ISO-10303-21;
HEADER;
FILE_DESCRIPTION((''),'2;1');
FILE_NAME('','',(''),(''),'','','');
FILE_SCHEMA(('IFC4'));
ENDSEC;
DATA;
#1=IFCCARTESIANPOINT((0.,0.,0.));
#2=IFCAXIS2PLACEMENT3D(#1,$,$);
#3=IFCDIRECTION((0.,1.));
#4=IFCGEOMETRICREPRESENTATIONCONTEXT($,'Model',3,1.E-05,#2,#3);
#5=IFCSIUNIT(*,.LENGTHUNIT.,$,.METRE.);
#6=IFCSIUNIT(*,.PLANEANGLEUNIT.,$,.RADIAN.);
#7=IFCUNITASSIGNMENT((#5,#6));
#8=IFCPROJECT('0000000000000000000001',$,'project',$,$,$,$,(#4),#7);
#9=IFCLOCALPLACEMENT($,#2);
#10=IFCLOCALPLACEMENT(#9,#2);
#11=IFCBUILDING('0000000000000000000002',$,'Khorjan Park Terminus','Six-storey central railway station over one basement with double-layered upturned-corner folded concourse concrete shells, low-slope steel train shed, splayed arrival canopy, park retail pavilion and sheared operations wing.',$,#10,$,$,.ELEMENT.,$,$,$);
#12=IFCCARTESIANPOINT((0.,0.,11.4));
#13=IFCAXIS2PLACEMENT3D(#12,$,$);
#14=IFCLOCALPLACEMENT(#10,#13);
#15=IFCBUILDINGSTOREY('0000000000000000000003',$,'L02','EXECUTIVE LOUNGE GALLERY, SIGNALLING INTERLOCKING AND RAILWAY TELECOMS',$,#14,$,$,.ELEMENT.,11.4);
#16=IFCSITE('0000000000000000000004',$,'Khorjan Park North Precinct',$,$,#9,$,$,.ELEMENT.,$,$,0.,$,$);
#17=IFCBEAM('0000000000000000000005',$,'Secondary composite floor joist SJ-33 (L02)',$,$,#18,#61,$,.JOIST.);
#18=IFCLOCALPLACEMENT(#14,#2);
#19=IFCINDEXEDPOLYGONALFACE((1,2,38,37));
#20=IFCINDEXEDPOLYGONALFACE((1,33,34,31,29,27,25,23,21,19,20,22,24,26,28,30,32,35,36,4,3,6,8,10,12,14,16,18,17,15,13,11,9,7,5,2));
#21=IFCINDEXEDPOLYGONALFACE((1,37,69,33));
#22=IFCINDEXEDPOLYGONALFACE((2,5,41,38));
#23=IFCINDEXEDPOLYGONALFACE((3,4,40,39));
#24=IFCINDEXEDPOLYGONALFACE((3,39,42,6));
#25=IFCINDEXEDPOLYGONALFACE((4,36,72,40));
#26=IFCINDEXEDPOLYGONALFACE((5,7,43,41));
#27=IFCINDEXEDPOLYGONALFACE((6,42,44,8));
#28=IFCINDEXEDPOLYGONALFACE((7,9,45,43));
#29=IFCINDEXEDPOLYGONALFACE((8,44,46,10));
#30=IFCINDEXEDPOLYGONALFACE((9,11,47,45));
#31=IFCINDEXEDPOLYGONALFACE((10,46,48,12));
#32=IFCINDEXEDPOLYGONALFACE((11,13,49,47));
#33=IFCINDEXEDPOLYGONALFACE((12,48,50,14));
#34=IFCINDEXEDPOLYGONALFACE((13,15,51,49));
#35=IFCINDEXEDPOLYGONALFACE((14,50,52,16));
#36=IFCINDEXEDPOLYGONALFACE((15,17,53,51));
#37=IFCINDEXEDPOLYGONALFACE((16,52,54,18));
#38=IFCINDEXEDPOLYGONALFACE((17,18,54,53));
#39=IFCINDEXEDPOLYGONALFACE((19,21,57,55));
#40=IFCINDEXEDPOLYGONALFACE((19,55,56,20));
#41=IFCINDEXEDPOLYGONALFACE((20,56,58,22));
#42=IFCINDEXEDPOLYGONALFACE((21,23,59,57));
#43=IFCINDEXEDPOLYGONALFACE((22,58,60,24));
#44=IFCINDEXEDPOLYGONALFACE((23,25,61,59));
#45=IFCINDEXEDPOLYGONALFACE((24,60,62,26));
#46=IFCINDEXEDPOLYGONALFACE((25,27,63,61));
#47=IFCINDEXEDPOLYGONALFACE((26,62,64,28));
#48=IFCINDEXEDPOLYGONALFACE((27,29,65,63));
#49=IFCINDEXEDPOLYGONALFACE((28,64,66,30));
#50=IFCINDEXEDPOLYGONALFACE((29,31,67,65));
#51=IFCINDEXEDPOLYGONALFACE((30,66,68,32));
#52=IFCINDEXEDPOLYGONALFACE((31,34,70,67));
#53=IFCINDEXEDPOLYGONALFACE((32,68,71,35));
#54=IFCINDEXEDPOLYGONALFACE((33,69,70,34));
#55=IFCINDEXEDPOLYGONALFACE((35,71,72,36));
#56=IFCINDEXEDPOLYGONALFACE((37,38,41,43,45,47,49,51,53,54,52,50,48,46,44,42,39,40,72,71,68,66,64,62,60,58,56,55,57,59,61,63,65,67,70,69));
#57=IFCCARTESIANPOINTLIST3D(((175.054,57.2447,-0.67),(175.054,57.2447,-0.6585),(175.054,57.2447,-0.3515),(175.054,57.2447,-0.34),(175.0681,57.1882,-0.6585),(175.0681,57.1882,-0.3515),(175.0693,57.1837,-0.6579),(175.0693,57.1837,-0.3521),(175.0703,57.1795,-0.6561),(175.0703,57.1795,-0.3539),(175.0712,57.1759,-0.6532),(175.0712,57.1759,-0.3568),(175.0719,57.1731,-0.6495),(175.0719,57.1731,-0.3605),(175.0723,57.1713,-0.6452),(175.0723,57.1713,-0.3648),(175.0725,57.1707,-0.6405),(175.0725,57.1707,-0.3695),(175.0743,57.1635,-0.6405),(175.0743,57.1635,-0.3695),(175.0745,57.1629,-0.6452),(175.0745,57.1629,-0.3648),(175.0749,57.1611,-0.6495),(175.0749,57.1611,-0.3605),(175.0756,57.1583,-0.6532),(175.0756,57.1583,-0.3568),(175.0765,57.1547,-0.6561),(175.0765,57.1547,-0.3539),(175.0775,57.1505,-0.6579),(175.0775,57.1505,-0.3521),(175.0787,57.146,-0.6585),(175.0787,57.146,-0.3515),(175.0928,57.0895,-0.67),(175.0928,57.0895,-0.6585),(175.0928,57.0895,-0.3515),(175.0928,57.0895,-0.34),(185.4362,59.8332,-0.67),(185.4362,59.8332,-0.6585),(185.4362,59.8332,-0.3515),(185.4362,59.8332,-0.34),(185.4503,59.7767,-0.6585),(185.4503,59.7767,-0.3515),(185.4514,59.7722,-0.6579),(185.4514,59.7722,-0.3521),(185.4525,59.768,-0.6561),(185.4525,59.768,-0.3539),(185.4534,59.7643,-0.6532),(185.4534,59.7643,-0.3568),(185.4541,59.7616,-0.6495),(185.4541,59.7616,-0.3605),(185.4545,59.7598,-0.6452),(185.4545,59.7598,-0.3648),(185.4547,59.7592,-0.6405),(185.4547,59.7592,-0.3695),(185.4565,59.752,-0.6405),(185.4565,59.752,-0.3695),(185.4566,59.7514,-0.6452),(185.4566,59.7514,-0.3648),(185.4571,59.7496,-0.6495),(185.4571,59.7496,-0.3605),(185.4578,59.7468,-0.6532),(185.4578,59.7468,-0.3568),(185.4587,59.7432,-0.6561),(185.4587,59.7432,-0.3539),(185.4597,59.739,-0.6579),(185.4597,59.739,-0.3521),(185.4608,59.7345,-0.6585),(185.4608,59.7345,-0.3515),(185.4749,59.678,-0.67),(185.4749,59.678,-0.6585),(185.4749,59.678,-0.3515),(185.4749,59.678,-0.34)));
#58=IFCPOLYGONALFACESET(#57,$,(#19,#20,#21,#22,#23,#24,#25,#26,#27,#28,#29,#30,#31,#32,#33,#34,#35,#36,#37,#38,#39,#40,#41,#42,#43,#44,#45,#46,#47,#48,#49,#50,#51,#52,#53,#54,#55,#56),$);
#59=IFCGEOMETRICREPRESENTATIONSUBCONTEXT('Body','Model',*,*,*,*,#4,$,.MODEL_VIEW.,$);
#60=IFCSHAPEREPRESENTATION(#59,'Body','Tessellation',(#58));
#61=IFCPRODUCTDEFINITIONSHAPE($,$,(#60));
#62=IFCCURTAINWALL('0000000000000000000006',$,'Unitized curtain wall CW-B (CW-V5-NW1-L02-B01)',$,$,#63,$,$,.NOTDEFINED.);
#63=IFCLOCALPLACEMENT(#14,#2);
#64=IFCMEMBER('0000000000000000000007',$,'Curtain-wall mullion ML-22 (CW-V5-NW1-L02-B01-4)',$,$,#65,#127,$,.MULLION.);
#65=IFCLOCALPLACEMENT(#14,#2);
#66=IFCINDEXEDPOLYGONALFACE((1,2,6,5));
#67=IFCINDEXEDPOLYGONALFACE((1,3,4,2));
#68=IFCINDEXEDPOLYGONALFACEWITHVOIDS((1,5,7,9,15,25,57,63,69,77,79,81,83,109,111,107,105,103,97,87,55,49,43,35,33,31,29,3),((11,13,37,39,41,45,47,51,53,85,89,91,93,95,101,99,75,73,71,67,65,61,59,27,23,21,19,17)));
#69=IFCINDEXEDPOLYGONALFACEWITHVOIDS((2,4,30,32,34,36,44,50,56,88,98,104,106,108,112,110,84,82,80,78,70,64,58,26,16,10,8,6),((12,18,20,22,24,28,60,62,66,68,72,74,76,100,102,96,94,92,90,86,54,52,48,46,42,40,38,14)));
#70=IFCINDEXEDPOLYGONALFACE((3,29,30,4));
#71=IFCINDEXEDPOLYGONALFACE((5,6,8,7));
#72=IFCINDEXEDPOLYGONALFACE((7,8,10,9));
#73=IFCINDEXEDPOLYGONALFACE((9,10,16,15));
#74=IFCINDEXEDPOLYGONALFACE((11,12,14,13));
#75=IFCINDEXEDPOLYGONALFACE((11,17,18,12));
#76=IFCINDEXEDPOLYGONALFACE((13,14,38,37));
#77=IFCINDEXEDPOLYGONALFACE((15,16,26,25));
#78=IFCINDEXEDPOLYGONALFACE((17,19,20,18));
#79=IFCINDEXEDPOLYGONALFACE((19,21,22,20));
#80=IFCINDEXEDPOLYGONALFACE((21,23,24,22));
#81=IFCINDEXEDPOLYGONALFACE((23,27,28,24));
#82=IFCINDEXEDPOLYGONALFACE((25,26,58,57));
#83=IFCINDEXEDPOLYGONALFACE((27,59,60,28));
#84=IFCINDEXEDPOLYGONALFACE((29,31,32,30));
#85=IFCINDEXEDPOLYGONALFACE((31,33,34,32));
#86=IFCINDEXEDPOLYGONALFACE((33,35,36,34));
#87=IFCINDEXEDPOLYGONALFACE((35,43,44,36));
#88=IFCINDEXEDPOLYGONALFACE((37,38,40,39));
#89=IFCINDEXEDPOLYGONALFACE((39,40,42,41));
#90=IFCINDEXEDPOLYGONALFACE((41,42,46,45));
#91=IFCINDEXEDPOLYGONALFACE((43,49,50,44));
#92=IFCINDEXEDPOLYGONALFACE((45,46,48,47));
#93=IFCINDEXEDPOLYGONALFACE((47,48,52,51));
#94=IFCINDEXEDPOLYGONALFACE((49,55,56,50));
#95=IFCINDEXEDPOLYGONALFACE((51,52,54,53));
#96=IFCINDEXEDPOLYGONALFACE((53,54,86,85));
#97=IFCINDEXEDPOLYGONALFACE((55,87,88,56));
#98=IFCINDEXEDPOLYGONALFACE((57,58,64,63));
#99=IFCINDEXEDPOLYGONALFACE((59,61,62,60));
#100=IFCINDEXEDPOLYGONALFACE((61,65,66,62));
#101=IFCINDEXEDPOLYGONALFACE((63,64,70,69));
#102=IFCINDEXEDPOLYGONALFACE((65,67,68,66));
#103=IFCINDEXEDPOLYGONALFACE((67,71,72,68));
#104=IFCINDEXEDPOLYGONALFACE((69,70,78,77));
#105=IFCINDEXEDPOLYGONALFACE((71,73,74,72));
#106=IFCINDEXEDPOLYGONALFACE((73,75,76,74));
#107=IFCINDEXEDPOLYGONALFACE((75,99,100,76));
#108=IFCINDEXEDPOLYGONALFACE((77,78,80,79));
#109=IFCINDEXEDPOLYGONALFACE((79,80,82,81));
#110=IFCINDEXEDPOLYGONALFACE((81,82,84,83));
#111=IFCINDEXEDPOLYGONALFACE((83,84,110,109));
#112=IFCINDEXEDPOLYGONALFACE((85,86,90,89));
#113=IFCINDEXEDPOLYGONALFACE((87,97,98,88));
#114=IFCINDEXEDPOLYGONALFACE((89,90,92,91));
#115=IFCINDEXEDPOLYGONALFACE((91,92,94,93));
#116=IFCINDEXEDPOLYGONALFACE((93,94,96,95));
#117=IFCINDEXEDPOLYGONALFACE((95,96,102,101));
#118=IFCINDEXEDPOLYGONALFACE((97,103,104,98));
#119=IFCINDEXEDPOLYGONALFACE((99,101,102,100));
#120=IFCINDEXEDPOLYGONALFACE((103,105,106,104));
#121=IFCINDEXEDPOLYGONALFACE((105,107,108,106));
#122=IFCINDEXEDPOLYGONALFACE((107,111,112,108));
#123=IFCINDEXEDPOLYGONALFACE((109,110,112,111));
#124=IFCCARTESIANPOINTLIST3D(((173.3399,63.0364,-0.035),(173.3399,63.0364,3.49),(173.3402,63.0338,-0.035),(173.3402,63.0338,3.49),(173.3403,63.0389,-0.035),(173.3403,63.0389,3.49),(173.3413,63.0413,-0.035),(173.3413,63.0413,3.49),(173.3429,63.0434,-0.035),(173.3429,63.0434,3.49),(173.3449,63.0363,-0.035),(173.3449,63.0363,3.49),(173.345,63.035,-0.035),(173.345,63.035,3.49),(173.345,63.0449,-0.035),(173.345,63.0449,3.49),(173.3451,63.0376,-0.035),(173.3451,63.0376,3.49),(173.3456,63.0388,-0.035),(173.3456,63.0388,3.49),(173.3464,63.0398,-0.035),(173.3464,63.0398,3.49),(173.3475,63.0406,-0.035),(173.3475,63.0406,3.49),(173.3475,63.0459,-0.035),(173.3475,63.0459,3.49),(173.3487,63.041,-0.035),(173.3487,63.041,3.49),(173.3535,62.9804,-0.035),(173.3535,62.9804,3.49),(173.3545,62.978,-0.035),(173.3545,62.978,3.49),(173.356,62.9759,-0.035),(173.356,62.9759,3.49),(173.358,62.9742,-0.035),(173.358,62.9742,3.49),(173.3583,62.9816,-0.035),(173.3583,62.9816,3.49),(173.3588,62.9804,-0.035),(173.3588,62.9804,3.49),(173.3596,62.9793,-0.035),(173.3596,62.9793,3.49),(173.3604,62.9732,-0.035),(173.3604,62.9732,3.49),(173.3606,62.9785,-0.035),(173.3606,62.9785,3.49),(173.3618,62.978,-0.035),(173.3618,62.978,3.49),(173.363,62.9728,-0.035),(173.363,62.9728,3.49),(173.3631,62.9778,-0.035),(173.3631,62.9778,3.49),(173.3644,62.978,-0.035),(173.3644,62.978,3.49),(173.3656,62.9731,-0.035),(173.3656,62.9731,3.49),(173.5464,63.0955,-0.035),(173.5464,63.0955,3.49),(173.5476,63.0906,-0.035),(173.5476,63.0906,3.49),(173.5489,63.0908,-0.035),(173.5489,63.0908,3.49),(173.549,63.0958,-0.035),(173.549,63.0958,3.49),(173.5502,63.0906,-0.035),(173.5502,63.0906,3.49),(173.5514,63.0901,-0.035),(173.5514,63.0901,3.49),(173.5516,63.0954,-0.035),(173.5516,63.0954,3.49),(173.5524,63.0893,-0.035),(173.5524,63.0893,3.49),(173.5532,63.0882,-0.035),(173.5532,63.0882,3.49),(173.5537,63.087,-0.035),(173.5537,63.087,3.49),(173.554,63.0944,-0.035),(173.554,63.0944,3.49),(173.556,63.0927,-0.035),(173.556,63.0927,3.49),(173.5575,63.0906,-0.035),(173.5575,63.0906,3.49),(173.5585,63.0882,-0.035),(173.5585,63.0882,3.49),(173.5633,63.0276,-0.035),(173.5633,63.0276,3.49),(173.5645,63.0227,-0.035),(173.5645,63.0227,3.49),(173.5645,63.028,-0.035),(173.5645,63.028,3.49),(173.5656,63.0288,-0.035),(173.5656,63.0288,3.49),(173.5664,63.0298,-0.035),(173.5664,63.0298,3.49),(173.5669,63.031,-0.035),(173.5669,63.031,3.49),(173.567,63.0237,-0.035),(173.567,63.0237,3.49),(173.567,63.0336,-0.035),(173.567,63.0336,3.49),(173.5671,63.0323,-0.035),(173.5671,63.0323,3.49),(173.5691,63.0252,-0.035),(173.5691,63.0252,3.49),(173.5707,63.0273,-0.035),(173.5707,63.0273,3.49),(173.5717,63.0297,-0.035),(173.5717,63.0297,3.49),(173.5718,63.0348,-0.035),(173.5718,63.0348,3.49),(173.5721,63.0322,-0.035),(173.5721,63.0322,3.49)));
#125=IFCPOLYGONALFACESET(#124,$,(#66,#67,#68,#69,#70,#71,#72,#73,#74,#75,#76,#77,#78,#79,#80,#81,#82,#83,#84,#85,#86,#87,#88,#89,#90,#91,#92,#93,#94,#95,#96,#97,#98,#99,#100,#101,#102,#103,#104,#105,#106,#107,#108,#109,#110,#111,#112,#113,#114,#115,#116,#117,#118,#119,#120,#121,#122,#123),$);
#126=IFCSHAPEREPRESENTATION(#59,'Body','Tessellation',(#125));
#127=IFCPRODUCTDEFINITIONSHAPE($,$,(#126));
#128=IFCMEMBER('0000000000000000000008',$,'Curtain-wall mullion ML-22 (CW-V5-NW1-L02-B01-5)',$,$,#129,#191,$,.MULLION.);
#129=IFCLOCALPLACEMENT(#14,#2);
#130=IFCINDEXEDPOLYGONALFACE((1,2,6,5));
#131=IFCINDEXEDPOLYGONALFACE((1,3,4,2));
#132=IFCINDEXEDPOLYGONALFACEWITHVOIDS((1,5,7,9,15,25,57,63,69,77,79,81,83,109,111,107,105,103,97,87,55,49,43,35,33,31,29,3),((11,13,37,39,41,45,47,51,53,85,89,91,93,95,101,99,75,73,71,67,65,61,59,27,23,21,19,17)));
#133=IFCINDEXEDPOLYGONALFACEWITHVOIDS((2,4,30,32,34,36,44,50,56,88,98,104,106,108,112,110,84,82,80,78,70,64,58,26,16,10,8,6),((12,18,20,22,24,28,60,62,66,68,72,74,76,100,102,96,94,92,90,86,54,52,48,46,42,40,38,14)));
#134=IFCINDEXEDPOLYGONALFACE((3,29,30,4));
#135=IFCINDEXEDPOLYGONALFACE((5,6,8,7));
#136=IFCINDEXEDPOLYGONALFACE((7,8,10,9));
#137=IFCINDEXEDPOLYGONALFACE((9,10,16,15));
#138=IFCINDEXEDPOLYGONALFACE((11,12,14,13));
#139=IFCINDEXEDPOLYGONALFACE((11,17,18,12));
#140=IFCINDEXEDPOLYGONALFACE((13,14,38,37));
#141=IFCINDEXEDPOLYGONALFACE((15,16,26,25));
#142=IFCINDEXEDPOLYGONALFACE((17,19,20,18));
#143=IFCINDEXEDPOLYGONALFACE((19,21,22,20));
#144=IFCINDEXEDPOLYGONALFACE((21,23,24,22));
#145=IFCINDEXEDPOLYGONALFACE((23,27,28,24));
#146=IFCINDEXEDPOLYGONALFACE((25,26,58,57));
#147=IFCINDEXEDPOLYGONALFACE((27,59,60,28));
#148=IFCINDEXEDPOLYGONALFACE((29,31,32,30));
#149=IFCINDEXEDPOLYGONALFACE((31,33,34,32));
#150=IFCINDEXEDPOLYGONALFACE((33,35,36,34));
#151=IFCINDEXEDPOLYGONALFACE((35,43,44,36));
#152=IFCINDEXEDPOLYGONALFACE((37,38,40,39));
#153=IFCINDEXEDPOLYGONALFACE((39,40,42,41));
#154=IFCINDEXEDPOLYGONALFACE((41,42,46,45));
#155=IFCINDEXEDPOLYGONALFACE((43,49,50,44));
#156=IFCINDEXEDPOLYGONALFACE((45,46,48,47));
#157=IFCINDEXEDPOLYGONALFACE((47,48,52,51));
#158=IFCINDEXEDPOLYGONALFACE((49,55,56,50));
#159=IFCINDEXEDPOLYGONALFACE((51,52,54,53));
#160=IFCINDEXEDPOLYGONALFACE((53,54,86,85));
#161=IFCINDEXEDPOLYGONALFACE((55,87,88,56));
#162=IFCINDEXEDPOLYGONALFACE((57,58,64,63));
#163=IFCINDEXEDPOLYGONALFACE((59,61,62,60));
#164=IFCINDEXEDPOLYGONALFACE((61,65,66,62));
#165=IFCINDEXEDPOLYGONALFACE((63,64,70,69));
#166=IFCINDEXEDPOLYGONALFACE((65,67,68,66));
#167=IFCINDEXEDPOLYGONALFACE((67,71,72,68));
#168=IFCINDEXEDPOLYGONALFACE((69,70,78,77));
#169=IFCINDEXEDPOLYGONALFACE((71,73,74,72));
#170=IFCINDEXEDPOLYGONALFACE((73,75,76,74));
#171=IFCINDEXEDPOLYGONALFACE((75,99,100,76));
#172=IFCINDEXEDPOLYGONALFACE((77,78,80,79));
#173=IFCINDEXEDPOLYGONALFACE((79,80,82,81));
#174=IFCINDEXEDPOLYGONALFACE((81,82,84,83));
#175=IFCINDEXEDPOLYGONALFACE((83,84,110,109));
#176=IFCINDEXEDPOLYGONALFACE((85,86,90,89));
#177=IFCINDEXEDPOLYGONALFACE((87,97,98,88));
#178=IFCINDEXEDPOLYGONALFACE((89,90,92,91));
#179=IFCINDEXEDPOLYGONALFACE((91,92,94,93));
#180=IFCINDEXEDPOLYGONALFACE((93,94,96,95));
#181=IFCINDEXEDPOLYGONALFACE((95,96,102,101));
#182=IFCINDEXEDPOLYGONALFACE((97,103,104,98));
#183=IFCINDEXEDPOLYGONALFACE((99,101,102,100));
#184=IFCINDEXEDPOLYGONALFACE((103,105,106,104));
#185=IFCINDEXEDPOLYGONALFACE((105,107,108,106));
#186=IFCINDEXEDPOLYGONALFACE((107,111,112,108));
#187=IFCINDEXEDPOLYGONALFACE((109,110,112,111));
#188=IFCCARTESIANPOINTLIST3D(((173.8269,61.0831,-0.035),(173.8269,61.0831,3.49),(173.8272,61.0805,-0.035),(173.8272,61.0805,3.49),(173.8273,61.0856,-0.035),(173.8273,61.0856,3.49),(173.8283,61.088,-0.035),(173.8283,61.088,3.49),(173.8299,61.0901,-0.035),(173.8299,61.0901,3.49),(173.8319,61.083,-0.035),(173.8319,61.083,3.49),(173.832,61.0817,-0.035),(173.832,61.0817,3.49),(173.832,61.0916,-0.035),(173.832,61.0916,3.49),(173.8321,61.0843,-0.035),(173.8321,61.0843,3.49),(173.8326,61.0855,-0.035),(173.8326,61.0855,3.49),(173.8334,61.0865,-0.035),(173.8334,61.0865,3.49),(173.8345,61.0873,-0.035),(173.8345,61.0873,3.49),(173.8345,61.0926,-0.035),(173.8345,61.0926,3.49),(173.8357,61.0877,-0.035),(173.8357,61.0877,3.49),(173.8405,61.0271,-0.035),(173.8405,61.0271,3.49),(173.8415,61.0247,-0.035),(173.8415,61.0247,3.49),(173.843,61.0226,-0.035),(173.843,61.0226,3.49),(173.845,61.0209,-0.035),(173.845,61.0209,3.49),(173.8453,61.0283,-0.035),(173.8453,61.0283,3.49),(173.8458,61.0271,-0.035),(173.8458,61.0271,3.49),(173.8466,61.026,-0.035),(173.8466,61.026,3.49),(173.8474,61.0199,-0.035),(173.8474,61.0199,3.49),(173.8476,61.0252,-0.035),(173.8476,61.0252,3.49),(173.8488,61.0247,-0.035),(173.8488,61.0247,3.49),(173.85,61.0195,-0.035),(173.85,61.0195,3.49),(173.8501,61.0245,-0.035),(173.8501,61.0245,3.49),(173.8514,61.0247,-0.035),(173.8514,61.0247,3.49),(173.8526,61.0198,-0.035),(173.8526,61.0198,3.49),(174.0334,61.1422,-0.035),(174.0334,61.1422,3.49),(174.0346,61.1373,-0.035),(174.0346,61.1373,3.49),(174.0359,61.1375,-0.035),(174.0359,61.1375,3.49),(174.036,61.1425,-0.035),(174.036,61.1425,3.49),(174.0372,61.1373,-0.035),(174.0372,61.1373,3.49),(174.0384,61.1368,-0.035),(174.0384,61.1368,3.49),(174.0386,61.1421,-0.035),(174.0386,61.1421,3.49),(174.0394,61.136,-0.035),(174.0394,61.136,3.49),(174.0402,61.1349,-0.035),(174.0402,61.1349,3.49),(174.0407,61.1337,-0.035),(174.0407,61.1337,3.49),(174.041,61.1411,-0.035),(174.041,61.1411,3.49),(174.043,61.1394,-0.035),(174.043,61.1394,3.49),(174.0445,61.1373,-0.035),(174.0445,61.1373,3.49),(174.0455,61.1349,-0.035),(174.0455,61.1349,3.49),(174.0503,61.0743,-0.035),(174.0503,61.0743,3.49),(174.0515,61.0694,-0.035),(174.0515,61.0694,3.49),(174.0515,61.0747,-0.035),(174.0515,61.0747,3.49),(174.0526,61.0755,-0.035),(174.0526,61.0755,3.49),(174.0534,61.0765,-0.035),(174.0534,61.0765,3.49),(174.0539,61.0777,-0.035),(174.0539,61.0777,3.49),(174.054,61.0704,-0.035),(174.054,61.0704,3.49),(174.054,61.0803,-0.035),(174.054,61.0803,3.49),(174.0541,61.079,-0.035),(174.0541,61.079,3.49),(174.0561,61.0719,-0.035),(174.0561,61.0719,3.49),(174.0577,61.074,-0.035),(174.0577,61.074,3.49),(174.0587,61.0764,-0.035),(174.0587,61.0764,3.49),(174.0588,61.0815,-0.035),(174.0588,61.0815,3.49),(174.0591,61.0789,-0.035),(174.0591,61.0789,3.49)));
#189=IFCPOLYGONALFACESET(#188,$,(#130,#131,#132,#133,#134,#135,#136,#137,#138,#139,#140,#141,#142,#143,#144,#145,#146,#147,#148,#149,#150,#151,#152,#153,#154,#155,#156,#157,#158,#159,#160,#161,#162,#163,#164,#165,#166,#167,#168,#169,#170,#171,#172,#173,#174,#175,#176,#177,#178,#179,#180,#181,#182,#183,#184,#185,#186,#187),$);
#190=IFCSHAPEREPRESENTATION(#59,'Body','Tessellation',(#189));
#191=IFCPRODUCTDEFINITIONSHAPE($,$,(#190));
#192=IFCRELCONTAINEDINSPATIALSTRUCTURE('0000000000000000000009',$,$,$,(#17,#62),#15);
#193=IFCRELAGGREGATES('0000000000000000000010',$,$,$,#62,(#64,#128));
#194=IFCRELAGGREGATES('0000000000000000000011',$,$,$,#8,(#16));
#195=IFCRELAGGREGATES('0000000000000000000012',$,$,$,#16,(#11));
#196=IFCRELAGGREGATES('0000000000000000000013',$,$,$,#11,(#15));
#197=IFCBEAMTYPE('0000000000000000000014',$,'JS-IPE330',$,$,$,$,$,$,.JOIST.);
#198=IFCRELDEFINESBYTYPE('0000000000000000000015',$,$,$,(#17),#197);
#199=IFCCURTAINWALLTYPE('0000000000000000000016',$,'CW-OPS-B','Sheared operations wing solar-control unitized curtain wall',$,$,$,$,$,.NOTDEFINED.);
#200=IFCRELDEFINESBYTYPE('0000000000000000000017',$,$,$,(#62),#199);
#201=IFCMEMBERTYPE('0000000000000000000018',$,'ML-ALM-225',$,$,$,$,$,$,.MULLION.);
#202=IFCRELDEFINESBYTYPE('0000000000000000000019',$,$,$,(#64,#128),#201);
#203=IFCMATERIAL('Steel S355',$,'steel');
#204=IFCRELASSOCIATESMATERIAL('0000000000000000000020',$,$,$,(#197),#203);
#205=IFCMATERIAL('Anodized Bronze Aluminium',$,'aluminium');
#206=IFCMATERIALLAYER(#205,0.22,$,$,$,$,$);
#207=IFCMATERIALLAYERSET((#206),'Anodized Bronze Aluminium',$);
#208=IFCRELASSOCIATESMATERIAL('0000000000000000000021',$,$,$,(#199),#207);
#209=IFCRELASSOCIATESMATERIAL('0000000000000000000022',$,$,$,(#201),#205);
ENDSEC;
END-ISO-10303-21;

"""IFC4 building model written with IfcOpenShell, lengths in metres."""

from ifc_helpers import new_model, si_unit, direction, frame, origin, origin_2d, place, context, subcontext, project, spatial, hollow_rectangle, i_section, extrude, material, layer, layer_set, material_profile, profile_set, type_object, element, aggregate, save


model = new_model("IFC4")

# Units and contexts
model_context = context("Model", 3, precision=1e-05, world=origin(), true_north=direction((0.0, 1.0)))
body_context = subcontext(model_context, "Body", "Model", "MODEL_VIEW")
ifc_project = project(units=[si_unit("LENGTHUNIT", "METRE"), si_unit("PLANEANGLEUNIT", "RADIAN")], contexts=[model_context])

# Site, building, storey
site_placement = place(None, origin())
site = spatial("IfcSite", under=ifc_project, at=site_placement, Name="Khorjan Park North Precinct", CompositionType="ELEMENT", RefElevation=0.0)
building_placement = place(site_placement, origin())
building = spatial("IfcBuilding", under=site, at=building_placement, Name="Khorjan Park Terminus", Description="Six-storey central railway station over one basement with double-layered upturned-corner folded concourse concrete shells, low-slope steel train shed, splayed arrival canopy, park retail pavilion and sheared operations wing.", CompositionType="ELEMENT")
storey_placement = place(building_placement, frame((0.0, 0.0, 11.4)))
storey = spatial("IfcBuildingStorey", under=building, at=storey_placement, Name="L02", Description="EXECUTIVE LOUNGE GALLERY, SIGNALLING INTERLOCKING AND RAILWAY TELECOMS", CompositionType="ELEMENT", Elevation=11.4)

# Beam
ifc_material_1 = material(Name="Steel S355", Category="steel")
ifc_material_profile_1 = material_profile(ifc_material_1, i_section(OverallWidth=0.16, OverallDepth=0.33, WebThickness=0.0075, FlangeThickness=0.0115, FilletRadius=0.018, at=origin_2d()), Name="IPE 330")
ifc_profile_set_1 = profile_set([ifc_material_profile_1], Name="Steel S355")
beam_type_1 = type_object("IfcBeamType", Name="JS-IPE330", PredefinedType="JOIST", material=ifc_profile_set_1)
beam_1_placement = place(storey_placement, frame((175.0734, 57.1671, -0.505), z_axis=(0.970297, 0.241915, 0.0), x_axis=(-0.241915, 0.970297, 0.0)))
element("IfcBeam", 1, at=beam_1_placement, inside=storey, type_object=beam_type_1, Name="Secondary composite floor joist SJ-33 (L02)", PredefinedType="JOIST", context=body_context, shape_type="SweptSolid", body=[
    extrude(i_section(OverallWidth=0.16, OverallDepth=0.33, WebThickness=0.0075, FlangeThickness=0.0115, FilletRadius=0.018, at=origin_2d()), origin(), (0.0, 0.0, 1.0), 10.7),
])

# Curtain wall, members
ifc_material_2 = material(Name="Anodized Bronze Aluminium", Category="aluminium")
ifc_layer_1 = layer(ifc_material_2, 0.22)
ifc_layer_set_1 = layer_set([ifc_layer_1], Name="Anodized Bronze Aluminium")
curtain_wall_type = type_object("IfcCurtainWallType", Name="CW-OPS-B", Description="Sheared operations wing solar-control unitized curtain wall", PredefinedType="NOTDEFINED", material=ifc_layer_set_1)
curtain_wall_1_placement = place(storey_placement, origin())
curtain_wall_1 = element("IfcCurtainWall", 2, at=curtain_wall_1_placement, inside=storey, type_object=curtain_wall_type, Name="Unitized curtain wall CW-B (CW-V5-NW1-L02-B01)", PredefinedType="NOTDEFINED")
ifc_material_profile_2 = material_profile(ifc_material_2, hollow_rectangle(XDim=0.075, YDim=0.225, WallThickness=0.005, InnerFilletRadius=0.005, OuterFilletRadius=0.01, at=origin_2d()), Name="ALM 75x225x5")
ifc_profile_set_2 = profile_set([ifc_material_profile_2], Name="Anodized Bronze Aluminium")
member_type_1 = type_object("IfcMemberType", Name="ML-ALM-225", PredefinedType="MULLION", material=ifc_profile_set_2)
member_1_placement = place(storey_placement, frame((173.456, 63.0343, -0.035), z_axis=(0.0, 0.0, 1.0), x_axis=(0.241921, -0.970296, 0.0)))
member_1 = element("IfcMember", 3, at=member_1_placement, type_object=member_type_1, Name="Curtain-wall mullion ML-22 (CW-V5-NW1-L02-B01-4)", PredefinedType="MULLION", context=body_context, shape_type="SweptSolid", body=[
    extrude(hollow_rectangle(XDim=0.075, YDim=0.225, WallThickness=0.005, InnerFilletRadius=0.005, OuterFilletRadius=0.01, at=origin_2d()), origin(), (0.0, 0.0, 1.0), 3.525),
])
member_2_placement = place(storey_placement, frame((173.943, 61.081, -0.035), z_axis=(0.0, 0.0, 1.0), x_axis=(0.241921, -0.970296, 0.0)))
member_2 = element("IfcMember", 4, at=member_2_placement, type_object=member_type_1, Name="Curtain-wall mullion ML-22 (CW-V5-NW1-L02-B01-5)", PredefinedType="MULLION", context=body_context, shape_type="SweptSolid", body=[
    extrude(hollow_rectangle(XDim=0.075, YDim=0.225, WallThickness=0.005, InnerFilletRadius=0.005, OuterFilletRadius=0.01, at=origin_2d()), origin(), (0.0, 0.0, 1.0), 3.525),
])

aggregate(curtain_wall_1, [member_1, member_2])

save(model, "model.ifc")
